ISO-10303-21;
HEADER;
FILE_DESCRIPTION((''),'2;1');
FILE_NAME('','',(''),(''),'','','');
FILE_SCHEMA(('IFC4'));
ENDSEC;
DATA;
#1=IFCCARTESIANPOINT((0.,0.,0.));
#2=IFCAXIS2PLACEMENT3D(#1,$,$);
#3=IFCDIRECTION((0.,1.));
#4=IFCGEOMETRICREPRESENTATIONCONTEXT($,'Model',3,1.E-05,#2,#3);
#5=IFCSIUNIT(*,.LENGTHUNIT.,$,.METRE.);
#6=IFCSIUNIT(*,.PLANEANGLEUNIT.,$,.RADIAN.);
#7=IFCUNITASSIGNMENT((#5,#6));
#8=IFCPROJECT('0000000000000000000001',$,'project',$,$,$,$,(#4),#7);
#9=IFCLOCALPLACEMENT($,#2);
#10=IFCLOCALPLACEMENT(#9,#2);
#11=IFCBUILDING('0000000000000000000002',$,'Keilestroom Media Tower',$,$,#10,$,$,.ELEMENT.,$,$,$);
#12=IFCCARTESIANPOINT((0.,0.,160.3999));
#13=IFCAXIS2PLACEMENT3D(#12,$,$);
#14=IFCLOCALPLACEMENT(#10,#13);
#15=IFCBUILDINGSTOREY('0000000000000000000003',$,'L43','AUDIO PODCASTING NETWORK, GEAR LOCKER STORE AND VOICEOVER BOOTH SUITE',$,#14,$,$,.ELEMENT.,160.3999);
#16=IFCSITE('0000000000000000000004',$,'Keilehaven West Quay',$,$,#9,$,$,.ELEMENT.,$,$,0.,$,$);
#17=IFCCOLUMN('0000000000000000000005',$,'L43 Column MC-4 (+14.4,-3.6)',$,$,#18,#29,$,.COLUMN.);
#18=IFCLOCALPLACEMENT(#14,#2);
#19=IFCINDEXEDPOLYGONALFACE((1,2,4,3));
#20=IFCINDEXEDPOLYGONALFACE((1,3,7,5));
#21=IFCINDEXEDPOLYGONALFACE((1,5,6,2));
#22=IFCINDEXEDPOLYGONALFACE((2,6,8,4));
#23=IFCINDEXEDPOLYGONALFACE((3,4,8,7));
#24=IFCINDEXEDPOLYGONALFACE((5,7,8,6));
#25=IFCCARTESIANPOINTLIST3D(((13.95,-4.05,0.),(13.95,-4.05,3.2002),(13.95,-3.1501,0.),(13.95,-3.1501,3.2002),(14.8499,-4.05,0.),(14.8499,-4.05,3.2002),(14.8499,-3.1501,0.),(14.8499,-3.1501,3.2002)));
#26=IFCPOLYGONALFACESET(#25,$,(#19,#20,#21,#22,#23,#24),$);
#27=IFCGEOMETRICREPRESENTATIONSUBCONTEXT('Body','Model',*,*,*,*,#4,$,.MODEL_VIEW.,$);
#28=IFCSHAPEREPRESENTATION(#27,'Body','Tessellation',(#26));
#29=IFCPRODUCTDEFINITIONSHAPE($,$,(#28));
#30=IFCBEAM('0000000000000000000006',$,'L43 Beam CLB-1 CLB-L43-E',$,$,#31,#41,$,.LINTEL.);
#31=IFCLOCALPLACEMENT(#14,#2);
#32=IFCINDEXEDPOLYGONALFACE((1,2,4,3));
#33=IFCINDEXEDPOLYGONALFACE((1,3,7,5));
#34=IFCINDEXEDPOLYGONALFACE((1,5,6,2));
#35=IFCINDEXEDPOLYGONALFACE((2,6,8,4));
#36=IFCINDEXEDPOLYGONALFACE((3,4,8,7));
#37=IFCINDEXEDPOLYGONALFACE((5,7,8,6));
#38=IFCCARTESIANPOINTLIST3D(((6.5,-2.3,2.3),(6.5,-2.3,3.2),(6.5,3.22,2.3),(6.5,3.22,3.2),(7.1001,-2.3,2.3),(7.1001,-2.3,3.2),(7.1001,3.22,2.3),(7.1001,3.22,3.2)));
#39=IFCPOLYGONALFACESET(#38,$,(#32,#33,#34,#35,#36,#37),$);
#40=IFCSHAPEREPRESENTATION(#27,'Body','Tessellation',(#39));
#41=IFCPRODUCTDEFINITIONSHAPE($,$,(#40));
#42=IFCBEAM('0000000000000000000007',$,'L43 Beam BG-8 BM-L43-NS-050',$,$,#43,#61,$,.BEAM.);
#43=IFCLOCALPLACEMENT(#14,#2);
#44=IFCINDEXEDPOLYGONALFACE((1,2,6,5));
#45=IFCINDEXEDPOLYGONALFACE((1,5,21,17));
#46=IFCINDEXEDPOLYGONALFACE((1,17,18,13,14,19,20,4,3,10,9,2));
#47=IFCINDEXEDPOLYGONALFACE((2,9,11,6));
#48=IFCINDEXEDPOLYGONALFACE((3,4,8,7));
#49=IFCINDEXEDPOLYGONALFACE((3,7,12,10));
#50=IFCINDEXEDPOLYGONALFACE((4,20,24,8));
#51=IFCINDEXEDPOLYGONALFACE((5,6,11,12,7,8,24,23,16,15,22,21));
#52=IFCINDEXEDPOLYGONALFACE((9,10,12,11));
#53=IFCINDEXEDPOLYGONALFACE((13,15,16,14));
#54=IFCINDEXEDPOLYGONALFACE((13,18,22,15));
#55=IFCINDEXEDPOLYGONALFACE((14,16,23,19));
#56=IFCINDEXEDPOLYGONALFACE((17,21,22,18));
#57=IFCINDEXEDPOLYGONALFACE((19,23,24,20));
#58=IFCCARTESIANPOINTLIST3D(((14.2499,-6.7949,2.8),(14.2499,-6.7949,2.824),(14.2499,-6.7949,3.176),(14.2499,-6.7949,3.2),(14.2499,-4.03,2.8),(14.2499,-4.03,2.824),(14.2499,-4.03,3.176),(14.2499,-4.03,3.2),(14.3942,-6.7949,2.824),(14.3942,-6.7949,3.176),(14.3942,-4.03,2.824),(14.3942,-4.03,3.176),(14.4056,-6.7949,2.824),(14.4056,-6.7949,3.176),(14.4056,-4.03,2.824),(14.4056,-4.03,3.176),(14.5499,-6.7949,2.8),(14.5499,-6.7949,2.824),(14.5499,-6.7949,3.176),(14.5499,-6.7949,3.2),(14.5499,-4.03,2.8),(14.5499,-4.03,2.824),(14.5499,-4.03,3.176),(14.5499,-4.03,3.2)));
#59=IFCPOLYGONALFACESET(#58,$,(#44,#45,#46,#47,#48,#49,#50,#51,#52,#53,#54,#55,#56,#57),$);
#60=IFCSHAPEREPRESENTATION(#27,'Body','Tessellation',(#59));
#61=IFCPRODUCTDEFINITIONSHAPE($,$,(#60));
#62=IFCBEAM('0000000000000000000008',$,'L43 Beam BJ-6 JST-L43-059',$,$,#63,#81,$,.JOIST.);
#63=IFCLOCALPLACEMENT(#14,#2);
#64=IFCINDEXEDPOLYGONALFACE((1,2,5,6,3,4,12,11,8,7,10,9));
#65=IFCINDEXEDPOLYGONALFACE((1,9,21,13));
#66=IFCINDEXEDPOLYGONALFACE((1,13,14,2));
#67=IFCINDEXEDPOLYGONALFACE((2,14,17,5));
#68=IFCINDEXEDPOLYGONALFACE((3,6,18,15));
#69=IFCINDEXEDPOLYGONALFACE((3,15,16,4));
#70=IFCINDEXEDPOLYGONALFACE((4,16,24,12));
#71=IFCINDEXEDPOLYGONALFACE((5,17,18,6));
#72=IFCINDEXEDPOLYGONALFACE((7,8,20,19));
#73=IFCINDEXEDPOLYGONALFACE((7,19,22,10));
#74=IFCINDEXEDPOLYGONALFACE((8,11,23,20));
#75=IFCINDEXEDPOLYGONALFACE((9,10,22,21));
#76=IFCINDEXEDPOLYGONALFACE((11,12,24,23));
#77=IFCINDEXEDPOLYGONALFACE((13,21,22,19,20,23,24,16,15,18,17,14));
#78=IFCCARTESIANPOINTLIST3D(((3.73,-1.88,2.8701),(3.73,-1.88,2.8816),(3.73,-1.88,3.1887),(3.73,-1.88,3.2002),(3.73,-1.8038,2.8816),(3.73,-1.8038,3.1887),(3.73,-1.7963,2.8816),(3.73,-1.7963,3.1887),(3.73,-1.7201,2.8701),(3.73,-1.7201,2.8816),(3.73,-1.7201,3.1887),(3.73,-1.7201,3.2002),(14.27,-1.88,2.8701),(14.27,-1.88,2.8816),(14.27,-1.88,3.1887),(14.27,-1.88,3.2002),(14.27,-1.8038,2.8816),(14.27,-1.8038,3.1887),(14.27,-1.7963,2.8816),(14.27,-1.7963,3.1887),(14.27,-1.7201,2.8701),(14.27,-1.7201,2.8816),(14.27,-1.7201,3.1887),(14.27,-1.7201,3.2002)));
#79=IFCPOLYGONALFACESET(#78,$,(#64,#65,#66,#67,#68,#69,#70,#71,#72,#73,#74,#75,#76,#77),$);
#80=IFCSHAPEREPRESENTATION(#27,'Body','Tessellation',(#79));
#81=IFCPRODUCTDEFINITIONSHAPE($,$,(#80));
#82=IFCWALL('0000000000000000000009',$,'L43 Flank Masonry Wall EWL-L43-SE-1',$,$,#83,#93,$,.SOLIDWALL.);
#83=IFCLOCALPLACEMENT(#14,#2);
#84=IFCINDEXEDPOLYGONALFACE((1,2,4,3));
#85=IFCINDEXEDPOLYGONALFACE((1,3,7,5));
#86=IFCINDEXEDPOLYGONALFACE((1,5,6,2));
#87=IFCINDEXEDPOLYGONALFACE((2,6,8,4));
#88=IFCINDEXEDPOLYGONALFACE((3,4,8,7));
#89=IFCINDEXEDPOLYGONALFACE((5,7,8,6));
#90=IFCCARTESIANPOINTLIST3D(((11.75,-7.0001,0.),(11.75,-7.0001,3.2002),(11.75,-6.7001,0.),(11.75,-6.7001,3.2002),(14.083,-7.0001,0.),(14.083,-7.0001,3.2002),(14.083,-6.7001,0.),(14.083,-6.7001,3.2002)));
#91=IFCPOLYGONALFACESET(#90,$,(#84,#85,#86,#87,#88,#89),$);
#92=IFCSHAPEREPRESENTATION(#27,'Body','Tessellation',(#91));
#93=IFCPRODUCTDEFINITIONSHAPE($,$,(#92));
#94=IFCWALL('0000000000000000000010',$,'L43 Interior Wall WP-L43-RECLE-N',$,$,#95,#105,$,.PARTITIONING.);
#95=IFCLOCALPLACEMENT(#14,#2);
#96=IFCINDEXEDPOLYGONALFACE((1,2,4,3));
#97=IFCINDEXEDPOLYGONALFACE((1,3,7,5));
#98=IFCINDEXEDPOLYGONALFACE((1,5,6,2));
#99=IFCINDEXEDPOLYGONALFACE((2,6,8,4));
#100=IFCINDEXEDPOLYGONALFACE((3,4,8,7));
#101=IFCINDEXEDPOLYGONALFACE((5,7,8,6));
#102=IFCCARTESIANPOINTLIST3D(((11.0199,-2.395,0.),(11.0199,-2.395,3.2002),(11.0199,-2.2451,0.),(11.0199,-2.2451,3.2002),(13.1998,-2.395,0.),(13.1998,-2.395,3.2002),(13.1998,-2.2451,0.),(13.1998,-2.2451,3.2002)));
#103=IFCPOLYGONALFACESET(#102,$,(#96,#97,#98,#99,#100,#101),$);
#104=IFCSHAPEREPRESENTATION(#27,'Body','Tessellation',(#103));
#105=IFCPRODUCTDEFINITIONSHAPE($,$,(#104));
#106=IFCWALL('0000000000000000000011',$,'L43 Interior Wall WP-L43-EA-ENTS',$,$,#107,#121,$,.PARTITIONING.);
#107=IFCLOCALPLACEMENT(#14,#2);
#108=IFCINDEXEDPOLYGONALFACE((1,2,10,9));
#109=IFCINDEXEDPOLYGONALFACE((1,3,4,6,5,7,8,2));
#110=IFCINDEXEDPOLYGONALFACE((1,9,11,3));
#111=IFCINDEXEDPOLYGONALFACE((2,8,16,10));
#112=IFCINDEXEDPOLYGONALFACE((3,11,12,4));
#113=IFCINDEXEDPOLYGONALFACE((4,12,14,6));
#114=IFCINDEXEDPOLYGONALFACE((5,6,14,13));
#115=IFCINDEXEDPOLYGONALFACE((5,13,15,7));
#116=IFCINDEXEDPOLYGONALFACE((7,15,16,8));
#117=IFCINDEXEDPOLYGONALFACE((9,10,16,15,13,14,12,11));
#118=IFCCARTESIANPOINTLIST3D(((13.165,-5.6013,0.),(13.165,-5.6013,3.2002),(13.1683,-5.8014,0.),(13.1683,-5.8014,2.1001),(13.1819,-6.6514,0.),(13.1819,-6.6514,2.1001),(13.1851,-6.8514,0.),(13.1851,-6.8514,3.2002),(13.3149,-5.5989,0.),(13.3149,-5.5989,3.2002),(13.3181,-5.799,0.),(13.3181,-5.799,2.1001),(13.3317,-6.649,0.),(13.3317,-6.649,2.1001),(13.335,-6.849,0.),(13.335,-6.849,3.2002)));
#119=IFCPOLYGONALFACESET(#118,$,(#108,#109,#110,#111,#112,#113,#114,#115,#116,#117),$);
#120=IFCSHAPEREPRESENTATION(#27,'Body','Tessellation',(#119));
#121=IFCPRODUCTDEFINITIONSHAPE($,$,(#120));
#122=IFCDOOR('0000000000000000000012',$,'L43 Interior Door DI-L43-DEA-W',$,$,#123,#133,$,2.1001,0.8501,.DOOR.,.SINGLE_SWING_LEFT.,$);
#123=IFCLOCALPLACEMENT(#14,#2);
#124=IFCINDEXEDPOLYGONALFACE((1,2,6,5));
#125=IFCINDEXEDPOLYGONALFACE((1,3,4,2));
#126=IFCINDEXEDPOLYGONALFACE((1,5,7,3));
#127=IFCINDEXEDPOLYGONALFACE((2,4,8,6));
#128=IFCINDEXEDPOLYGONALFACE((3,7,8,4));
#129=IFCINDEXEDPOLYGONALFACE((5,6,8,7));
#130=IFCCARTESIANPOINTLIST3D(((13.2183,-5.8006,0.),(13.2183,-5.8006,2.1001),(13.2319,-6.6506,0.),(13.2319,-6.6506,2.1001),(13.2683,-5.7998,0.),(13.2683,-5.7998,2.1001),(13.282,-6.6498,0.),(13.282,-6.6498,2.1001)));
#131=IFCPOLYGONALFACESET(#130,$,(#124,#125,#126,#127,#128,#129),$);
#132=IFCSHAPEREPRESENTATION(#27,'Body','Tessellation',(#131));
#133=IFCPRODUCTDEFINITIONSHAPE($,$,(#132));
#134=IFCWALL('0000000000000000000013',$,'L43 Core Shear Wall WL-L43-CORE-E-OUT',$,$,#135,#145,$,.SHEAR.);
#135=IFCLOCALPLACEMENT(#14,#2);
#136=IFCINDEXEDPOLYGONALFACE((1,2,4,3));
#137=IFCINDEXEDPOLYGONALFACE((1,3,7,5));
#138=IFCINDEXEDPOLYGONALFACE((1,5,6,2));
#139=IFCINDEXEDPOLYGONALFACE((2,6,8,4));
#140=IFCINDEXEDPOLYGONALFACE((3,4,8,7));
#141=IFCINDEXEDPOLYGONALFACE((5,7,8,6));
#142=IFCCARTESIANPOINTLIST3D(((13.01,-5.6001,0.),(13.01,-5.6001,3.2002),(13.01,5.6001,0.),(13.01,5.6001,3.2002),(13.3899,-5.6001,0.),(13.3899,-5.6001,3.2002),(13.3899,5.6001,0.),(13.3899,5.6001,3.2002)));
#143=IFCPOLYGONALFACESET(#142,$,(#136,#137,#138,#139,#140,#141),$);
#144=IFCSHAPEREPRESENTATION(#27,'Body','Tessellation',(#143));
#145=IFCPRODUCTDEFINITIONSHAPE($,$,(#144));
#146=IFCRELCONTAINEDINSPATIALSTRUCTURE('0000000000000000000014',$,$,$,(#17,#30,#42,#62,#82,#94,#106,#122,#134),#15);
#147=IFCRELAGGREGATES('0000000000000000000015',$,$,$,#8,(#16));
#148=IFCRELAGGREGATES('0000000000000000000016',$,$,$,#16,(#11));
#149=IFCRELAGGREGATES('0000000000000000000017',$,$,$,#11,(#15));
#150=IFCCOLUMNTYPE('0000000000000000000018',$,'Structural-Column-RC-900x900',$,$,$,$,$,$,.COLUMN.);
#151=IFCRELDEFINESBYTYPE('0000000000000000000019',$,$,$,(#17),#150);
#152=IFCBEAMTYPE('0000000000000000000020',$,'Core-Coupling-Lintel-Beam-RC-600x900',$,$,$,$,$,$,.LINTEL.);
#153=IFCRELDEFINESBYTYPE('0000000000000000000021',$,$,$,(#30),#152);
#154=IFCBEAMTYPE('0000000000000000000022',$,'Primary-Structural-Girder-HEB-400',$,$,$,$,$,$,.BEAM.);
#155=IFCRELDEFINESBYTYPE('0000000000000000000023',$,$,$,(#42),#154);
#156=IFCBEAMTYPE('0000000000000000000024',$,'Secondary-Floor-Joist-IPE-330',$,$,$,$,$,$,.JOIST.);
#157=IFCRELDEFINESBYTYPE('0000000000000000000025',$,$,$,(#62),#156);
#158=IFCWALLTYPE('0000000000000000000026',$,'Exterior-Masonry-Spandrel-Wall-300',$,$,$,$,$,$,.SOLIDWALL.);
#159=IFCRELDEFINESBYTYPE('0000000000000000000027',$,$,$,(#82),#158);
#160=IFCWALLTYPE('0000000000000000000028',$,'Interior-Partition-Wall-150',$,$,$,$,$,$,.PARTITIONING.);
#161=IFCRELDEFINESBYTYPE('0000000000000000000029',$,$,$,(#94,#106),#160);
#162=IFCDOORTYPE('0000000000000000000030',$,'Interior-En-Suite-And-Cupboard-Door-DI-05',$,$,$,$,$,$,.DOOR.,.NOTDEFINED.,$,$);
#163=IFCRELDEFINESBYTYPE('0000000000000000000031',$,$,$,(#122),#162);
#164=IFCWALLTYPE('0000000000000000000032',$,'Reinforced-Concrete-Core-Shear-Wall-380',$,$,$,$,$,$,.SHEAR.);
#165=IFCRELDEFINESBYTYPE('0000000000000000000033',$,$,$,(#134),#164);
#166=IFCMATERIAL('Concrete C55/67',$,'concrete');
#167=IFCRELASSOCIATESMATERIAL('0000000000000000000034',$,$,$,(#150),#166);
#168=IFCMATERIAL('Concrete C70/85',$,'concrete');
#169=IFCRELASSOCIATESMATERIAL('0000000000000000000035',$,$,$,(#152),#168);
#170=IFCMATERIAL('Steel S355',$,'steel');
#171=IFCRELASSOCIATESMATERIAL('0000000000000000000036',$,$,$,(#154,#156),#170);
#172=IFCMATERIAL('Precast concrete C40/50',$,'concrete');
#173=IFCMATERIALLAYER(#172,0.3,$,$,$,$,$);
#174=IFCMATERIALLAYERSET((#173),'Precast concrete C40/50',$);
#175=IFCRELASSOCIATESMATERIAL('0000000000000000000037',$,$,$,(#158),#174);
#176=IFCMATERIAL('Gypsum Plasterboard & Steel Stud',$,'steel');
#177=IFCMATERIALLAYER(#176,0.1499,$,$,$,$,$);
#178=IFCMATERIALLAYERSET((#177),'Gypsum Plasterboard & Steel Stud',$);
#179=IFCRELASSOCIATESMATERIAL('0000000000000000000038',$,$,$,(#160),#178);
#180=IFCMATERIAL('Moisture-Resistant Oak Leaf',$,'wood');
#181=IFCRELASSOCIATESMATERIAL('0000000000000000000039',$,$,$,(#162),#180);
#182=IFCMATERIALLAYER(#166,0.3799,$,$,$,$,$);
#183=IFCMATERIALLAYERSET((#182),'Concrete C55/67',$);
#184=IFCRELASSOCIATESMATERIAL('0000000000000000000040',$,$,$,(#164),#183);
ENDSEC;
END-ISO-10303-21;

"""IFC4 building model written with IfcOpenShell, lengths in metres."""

from ifc_helpers import new_model, si_unit, direction, frame, frame_2d, origin, origin_2d, place, context, subcontext, project, spatial, rectangle, i_section, extrude, source, transform, mapped, material, layer, layer_set, material_profile, profile_set, type_object, element, fill, save


model = new_model("IFC4")

# Units and contexts
model_context = context("Model", 3, precision=1e-05, world=origin(), true_north=direction((0.0, 1.0)))
body_context = subcontext(model_context, "Body", "Model", "MODEL_VIEW")
ifc_project = project(units=[si_unit("LENGTHUNIT", "METRE"), si_unit("PLANEANGLEUNIT", "RADIAN")], contexts=[model_context])

# Site, building, storey
site_placement = place(None, origin())
site = spatial("IfcSite", under=ifc_project, at=site_placement, Name="Keilehaven West Quay", CompositionType="ELEMENT", RefElevation=0.0)
building_placement = place(site_placement, origin())
building = spatial("IfcBuilding", under=site, at=building_placement, Name="Keilestroom Media Tower", CompositionType="ELEMENT")
storey_placement = place(building_placement, frame((0.0, 0.0, 160.3999)))
storey = spatial("IfcBuildingStorey", under=building, at=storey_placement, Name="L43", Description="AUDIO PODCASTING NETWORK, GEAR LOCKER STORE AND VOICEOVER BOOTH SUITE", CompositionType="ELEMENT", Elevation=160.3999)

# Column
ifc_material_1 = material(Name="Concrete C55/67", Category="concrete")
ifc_material_profile_1 = material_profile(ifc_material_1, rectangle(XDim=0.8999, YDim=0.8999, at=origin_2d()), Name="RC 900x900")
ifc_profile_set_1 = profile_set([ifc_material_profile_1], Name="Concrete C55/67")
column_type = type_object("IfcColumnType", Name="Structural-Column-RC-900x900", PredefinedType="COLUMN", material=ifc_profile_set_1)
shared_shape_1 = source(origin(), body_context, "Body", "SweptSolid", [
    extrude(rectangle(XDim=0.8999, YDim=0.8999, at=origin_2d()), origin(), (0.0, 0.0, 1.0), 3.2002),
])
column_placement = place(storey_placement, frame((14.3999, -3.6001, 0.0), z_axis=(0.0, 0.0, 1.0), x_axis=(1.0, 0.0, 0.0)))
element("IfcColumn", 1, at=column_placement, inside=storey, type_object=column_type, Name="L43 Column MC-4 (+14.4,-3.6)", PredefinedType="COLUMN", context=body_context, shape_type="MappedRepresentation", body=[
    mapped(shared_shape_1, transform((0.0, 0.0, 0.0), x_axis=(1.0, 0.0, 0.0), y_axis=(0.0, 1.0, 0.0), z_axis=(0.0, 0.0, 1.0), scale=1.0)),
])

# Beams
ifc_material_2 = material(Name="Concrete C70/85", Category="concrete")
ifc_material_profile_2 = material_profile(ifc_material_2, rectangle(XDim=0.6001, YDim=0.8999, at=origin_2d()), Name="RC 600x900")
ifc_profile_set_2 = profile_set([ifc_material_profile_2], Name="Concrete C70/85")
beam_type_1 = type_object("IfcBeamType", Name="Core-Coupling-Lintel-Beam-RC-600x900", PredefinedType="LINTEL", material=ifc_profile_set_2)
shared_shape_2 = source(origin(), body_context, "Body", "SweptSolid", [
    extrude(rectangle(XDim=0.6001, YDim=0.8999, at=origin_2d()), origin(), (0.0, 0.0, 1.0), 5.52),
])
beam_1_placement = place(storey_placement, frame((6.8, -2.3, 2.75), z_axis=(0.0, 1.0, 0.0), x_axis=(-1.0, 0.0, 0.0)))
element("IfcBeam", 2, at=beam_1_placement, inside=storey, type_object=beam_type_1, Name="L43 Beam CLB-1 CLB-L43-E", PredefinedType="LINTEL", context=body_context, shape_type="MappedRepresentation", body=[
    mapped(shared_shape_2, transform((0.0, 0.0, 0.0), x_axis=(1.0, 0.0, 0.0), y_axis=(0.0, 1.0, 0.0), z_axis=(0.0, 0.0, 1.0), scale=1.0)),
])
ifc_material_3 = material(Name="Steel S355", Category="steel")
ifc_material_profile_3 = material_profile(ifc_material_3, i_section(OverallWidth=0.3, OverallDepth=0.3999, WebThickness=0.0115, FlangeThickness=0.0239, at=origin_2d()), Name="HEB 400")
ifc_profile_set_3 = profile_set([ifc_material_profile_3], Name="Steel S355")
beam_type_2 = type_object("IfcBeamType", Name="Primary-Structural-Girder-HEB-400", PredefinedType="BEAM", material=ifc_profile_set_3)
shared_shape_3 = source(origin(), body_context, "Body", "SweptSolid", [
    extrude(i_section(OverallWidth=0.3, OverallDepth=0.3999, WebThickness=0.0115, FlangeThickness=0.0239, at=origin_2d()), origin(), (0.0, 0.0, 1.0), 2.7649),
])
beam_2_placement = place(storey_placement, frame((14.3999, -6.7949, 3.0), z_axis=(0.0, 1.0, 0.0), x_axis=(-1.0, 0.0, 0.0)))
element("IfcBeam", 3, at=beam_2_placement, inside=storey, type_object=beam_type_2, Name="L43 Beam BG-8 BM-L43-NS-050", PredefinedType="BEAM", context=body_context, shape_type="MappedRepresentation", body=[
    mapped(shared_shape_3, transform((0.0, 0.0, 0.0), x_axis=(1.0, 0.0, 0.0), y_axis=(0.0, 1.0, 0.0), z_axis=(0.0, 0.0, 1.0), scale=1.0)),
])
ifc_material_profile_4 = material_profile(ifc_material_3, i_section(OverallWidth=0.1599, OverallDepth=0.3301, WebThickness=0.0076, FlangeThickness=0.0115, at=origin_2d()), Name="IPE 330")
ifc_profile_set_4 = profile_set([ifc_material_profile_4], Name="Steel S355")
beam_type_3 = type_object("IfcBeamType", Name="Secondary-Floor-Joist-IPE-330", PredefinedType="JOIST", material=ifc_profile_set_4)
shared_shape_4 = source(origin(), body_context, "Body", "SweptSolid", [
    extrude(i_section(OverallWidth=0.1599, OverallDepth=0.3301, WebThickness=0.0076, FlangeThickness=0.0115, at=origin_2d()), origin(), (0.0, 0.0, 1.0), 10.54),
])
beam_3_placement = place(storey_placement, frame((3.73, -1.8, 3.0352), z_axis=(1.0, 0.0, 0.0), x_axis=(0.0, 1.0, 0.0)))
element("IfcBeam", 4, at=beam_3_placement, inside=storey, type_object=beam_type_3, Name="L43 Beam BJ-6 JST-L43-059", PredefinedType="JOIST", context=body_context, shape_type="MappedRepresentation", body=[
    mapped(shared_shape_4, transform((0.0, 0.0, 0.0), x_axis=(1.0, 0.0, 0.0), y_axis=(0.0, 1.0, 0.0), z_axis=(0.0, 0.0, 1.0), scale=1.0)),
])

# Walls
ifc_material_4 = material(Name="Precast concrete C40/50", Category="concrete")
ifc_layer_1 = layer(ifc_material_4, 0.3)
ifc_layer_set_1 = layer_set([ifc_layer_1], Name="Precast concrete C40/50")
wall_type_1 = type_object("IfcWallType", Name="Exterior-Masonry-Spandrel-Wall-300", PredefinedType="SOLIDWALL", material=ifc_layer_set_1)
wall_1_placement = place(storey_placement, frame((11.75, -6.8501, 0.0), z_axis=(0.0, 0.0, 1.0), x_axis=(1.0, 0.0, 0.0)))
element("IfcWall", 5, at=wall_1_placement, inside=storey, type_object=wall_type_1, Name="L43 Flank Masonry Wall EWL-L43-SE-1", PredefinedType="SOLIDWALL", context=body_context, shape_type="SweptSolid", body=[
    extrude(rectangle(XDim=2.333, YDim=0.3, at=frame_2d((1.1665, 0.0))), origin(), (0.0, 0.0, 1.0), 3.2002),
])
ifc_material_5 = material(Name="Gypsum Plasterboard & Steel Stud", Category="steel")
ifc_layer_2 = layer(ifc_material_5, 0.1499)
ifc_layer_set_2 = layer_set([ifc_layer_2], Name="Gypsum Plasterboard & Steel Stud")
wall_type_2 = type_object("IfcWallType", Name="Interior-Partition-Wall-150", PredefinedType="PARTITIONING", material=ifc_layer_set_2)
wall_2_placement = place(storey_placement, frame((11.02, -2.3201, 0.0), z_axis=(0.0, 0.0, 1.0), x_axis=(1.0, 0.0, 0.0)))
element("IfcWall", 6, at=wall_2_placement, inside=storey, type_object=wall_type_2, Name="L43 Interior Wall WP-L43-RECLE-N", PredefinedType="PARTITIONING", context=body_context, shape_type="SweptSolid", body=[
    extrude(rectangle(XDim=2.1799, YDim=0.1499, at=frame_2d((1.0898, 0.0))), origin(), (0.0, 0.0, 1.0), 3.2002),
])

# Wall, opening, door
wall_3_placement = place(storey_placement, frame((13.26, -6.8501, 0.0), z_axis=(0.0, 0.0, 1.0), x_axis=(-0.016014, 0.999872, 0.0)))
wall_3 = element("IfcWall", 7, at=wall_3_placement, inside=storey, type_object=wall_type_2, Name="L43 Interior Wall WP-L43-EA-ENTS", PredefinedType="PARTITIONING", context=body_context, shape_type="SweptSolid", body=[
    extrude(rectangle(XDim=1.2502, YDim=0.1499, at=frame_2d((0.625, 0.0))), origin(), (0.0, 0.0, 1.0), 3.2002),
])
opening_1_placement = place(wall_3_placement, frame((0.2, 0.0, 0.0)))
opening_1 = element("IfcOpeningElement", 8, at=opening_1_placement, cuts=wall_3, PredefinedType="OPENING", context=body_context, shape_type="SweptSolid", body=[
    extrude(rectangle(XDim=0.8501, YDim=2.1001, at=frame_2d((0.425, 1.05))), frame((0.0, 0.085, 0.0), z_axis=(0.0, -1.0, 0.0), x_axis=(1.0, 0.0, 0.0)), (0.0, 0.0, 1.0), 0.1699),
])
ifc_material_6 = material(Name="Moisture-Resistant Oak Leaf", Category="wood")
door_type_1 = type_object("IfcDoorType", Name="Interior-En-Suite-And-Cupboard-Door-DI-05", OperationType="NOTDEFINED", PredefinedType="DOOR", material=ifc_material_6)
shared_shape_5 = source(origin(), body_context, "Body", "SweptSolid", [
    extrude(rectangle(XDim=0.8501, YDim=2.1001, at=frame_2d((0.425, 1.05))), frame((0.0, 0.0249, 0.0), z_axis=(0.0, -1.0, 0.0), x_axis=(1.0, 0.0, 0.0)), (0.0, 0.0, 1.0), 0.05),
])
door_1_placement = place(opening_1_placement, origin())
door_1 = element("IfcDoor", 9, at=door_1_placement, inside=storey, type_object=door_type_1, Name="L43 Interior Door DI-L43-DEA-W", OperationType="SINGLE_SWING_LEFT", OverallHeight=2.1001, OverallWidth=0.8501, PredefinedType="DOOR", context=body_context, shape_type="MappedRepresentation", body=[
    mapped(shared_shape_5, transform((0.0, 0.0, 0.0), x_axis=(1.0, 0.0, 0.0), y_axis=(0.0, 1.0, 0.0), z_axis=(0.0, 0.0, 1.0), scale=1.0)),
])
fill(opening_1, door_1)

# Wall
ifc_layer_3 = layer(ifc_material_1, 0.3799)
ifc_layer_set_3 = layer_set([ifc_layer_3], Name="Concrete C55/67")
wall_type_3 = type_object("IfcWallType", Name="Reinforced-Concrete-Core-Shear-Wall-380", PredefinedType="SHEAR", material=ifc_layer_set_3)
wall_4_placement = place(storey_placement, frame((13.2, -5.6001, 0.0), z_axis=(0.0, 0.0, 1.0), x_axis=(0.0, 1.0, 0.0)))
element("IfcWall", 10, at=wall_4_placement, inside=storey, type_object=wall_type_3, Name="L43 Core Shear Wall WL-L43-CORE-E-OUT", PredefinedType="SHEAR", context=body_context, shape_type="SweptSolid", body=[
    extrude(rectangle(XDim=11.2002, YDim=0.3799, at=frame_2d((5.6001, 0.0))), origin(), (0.0, 0.0, 1.0), 3.2002),
])

save(model, "model.ifc")
